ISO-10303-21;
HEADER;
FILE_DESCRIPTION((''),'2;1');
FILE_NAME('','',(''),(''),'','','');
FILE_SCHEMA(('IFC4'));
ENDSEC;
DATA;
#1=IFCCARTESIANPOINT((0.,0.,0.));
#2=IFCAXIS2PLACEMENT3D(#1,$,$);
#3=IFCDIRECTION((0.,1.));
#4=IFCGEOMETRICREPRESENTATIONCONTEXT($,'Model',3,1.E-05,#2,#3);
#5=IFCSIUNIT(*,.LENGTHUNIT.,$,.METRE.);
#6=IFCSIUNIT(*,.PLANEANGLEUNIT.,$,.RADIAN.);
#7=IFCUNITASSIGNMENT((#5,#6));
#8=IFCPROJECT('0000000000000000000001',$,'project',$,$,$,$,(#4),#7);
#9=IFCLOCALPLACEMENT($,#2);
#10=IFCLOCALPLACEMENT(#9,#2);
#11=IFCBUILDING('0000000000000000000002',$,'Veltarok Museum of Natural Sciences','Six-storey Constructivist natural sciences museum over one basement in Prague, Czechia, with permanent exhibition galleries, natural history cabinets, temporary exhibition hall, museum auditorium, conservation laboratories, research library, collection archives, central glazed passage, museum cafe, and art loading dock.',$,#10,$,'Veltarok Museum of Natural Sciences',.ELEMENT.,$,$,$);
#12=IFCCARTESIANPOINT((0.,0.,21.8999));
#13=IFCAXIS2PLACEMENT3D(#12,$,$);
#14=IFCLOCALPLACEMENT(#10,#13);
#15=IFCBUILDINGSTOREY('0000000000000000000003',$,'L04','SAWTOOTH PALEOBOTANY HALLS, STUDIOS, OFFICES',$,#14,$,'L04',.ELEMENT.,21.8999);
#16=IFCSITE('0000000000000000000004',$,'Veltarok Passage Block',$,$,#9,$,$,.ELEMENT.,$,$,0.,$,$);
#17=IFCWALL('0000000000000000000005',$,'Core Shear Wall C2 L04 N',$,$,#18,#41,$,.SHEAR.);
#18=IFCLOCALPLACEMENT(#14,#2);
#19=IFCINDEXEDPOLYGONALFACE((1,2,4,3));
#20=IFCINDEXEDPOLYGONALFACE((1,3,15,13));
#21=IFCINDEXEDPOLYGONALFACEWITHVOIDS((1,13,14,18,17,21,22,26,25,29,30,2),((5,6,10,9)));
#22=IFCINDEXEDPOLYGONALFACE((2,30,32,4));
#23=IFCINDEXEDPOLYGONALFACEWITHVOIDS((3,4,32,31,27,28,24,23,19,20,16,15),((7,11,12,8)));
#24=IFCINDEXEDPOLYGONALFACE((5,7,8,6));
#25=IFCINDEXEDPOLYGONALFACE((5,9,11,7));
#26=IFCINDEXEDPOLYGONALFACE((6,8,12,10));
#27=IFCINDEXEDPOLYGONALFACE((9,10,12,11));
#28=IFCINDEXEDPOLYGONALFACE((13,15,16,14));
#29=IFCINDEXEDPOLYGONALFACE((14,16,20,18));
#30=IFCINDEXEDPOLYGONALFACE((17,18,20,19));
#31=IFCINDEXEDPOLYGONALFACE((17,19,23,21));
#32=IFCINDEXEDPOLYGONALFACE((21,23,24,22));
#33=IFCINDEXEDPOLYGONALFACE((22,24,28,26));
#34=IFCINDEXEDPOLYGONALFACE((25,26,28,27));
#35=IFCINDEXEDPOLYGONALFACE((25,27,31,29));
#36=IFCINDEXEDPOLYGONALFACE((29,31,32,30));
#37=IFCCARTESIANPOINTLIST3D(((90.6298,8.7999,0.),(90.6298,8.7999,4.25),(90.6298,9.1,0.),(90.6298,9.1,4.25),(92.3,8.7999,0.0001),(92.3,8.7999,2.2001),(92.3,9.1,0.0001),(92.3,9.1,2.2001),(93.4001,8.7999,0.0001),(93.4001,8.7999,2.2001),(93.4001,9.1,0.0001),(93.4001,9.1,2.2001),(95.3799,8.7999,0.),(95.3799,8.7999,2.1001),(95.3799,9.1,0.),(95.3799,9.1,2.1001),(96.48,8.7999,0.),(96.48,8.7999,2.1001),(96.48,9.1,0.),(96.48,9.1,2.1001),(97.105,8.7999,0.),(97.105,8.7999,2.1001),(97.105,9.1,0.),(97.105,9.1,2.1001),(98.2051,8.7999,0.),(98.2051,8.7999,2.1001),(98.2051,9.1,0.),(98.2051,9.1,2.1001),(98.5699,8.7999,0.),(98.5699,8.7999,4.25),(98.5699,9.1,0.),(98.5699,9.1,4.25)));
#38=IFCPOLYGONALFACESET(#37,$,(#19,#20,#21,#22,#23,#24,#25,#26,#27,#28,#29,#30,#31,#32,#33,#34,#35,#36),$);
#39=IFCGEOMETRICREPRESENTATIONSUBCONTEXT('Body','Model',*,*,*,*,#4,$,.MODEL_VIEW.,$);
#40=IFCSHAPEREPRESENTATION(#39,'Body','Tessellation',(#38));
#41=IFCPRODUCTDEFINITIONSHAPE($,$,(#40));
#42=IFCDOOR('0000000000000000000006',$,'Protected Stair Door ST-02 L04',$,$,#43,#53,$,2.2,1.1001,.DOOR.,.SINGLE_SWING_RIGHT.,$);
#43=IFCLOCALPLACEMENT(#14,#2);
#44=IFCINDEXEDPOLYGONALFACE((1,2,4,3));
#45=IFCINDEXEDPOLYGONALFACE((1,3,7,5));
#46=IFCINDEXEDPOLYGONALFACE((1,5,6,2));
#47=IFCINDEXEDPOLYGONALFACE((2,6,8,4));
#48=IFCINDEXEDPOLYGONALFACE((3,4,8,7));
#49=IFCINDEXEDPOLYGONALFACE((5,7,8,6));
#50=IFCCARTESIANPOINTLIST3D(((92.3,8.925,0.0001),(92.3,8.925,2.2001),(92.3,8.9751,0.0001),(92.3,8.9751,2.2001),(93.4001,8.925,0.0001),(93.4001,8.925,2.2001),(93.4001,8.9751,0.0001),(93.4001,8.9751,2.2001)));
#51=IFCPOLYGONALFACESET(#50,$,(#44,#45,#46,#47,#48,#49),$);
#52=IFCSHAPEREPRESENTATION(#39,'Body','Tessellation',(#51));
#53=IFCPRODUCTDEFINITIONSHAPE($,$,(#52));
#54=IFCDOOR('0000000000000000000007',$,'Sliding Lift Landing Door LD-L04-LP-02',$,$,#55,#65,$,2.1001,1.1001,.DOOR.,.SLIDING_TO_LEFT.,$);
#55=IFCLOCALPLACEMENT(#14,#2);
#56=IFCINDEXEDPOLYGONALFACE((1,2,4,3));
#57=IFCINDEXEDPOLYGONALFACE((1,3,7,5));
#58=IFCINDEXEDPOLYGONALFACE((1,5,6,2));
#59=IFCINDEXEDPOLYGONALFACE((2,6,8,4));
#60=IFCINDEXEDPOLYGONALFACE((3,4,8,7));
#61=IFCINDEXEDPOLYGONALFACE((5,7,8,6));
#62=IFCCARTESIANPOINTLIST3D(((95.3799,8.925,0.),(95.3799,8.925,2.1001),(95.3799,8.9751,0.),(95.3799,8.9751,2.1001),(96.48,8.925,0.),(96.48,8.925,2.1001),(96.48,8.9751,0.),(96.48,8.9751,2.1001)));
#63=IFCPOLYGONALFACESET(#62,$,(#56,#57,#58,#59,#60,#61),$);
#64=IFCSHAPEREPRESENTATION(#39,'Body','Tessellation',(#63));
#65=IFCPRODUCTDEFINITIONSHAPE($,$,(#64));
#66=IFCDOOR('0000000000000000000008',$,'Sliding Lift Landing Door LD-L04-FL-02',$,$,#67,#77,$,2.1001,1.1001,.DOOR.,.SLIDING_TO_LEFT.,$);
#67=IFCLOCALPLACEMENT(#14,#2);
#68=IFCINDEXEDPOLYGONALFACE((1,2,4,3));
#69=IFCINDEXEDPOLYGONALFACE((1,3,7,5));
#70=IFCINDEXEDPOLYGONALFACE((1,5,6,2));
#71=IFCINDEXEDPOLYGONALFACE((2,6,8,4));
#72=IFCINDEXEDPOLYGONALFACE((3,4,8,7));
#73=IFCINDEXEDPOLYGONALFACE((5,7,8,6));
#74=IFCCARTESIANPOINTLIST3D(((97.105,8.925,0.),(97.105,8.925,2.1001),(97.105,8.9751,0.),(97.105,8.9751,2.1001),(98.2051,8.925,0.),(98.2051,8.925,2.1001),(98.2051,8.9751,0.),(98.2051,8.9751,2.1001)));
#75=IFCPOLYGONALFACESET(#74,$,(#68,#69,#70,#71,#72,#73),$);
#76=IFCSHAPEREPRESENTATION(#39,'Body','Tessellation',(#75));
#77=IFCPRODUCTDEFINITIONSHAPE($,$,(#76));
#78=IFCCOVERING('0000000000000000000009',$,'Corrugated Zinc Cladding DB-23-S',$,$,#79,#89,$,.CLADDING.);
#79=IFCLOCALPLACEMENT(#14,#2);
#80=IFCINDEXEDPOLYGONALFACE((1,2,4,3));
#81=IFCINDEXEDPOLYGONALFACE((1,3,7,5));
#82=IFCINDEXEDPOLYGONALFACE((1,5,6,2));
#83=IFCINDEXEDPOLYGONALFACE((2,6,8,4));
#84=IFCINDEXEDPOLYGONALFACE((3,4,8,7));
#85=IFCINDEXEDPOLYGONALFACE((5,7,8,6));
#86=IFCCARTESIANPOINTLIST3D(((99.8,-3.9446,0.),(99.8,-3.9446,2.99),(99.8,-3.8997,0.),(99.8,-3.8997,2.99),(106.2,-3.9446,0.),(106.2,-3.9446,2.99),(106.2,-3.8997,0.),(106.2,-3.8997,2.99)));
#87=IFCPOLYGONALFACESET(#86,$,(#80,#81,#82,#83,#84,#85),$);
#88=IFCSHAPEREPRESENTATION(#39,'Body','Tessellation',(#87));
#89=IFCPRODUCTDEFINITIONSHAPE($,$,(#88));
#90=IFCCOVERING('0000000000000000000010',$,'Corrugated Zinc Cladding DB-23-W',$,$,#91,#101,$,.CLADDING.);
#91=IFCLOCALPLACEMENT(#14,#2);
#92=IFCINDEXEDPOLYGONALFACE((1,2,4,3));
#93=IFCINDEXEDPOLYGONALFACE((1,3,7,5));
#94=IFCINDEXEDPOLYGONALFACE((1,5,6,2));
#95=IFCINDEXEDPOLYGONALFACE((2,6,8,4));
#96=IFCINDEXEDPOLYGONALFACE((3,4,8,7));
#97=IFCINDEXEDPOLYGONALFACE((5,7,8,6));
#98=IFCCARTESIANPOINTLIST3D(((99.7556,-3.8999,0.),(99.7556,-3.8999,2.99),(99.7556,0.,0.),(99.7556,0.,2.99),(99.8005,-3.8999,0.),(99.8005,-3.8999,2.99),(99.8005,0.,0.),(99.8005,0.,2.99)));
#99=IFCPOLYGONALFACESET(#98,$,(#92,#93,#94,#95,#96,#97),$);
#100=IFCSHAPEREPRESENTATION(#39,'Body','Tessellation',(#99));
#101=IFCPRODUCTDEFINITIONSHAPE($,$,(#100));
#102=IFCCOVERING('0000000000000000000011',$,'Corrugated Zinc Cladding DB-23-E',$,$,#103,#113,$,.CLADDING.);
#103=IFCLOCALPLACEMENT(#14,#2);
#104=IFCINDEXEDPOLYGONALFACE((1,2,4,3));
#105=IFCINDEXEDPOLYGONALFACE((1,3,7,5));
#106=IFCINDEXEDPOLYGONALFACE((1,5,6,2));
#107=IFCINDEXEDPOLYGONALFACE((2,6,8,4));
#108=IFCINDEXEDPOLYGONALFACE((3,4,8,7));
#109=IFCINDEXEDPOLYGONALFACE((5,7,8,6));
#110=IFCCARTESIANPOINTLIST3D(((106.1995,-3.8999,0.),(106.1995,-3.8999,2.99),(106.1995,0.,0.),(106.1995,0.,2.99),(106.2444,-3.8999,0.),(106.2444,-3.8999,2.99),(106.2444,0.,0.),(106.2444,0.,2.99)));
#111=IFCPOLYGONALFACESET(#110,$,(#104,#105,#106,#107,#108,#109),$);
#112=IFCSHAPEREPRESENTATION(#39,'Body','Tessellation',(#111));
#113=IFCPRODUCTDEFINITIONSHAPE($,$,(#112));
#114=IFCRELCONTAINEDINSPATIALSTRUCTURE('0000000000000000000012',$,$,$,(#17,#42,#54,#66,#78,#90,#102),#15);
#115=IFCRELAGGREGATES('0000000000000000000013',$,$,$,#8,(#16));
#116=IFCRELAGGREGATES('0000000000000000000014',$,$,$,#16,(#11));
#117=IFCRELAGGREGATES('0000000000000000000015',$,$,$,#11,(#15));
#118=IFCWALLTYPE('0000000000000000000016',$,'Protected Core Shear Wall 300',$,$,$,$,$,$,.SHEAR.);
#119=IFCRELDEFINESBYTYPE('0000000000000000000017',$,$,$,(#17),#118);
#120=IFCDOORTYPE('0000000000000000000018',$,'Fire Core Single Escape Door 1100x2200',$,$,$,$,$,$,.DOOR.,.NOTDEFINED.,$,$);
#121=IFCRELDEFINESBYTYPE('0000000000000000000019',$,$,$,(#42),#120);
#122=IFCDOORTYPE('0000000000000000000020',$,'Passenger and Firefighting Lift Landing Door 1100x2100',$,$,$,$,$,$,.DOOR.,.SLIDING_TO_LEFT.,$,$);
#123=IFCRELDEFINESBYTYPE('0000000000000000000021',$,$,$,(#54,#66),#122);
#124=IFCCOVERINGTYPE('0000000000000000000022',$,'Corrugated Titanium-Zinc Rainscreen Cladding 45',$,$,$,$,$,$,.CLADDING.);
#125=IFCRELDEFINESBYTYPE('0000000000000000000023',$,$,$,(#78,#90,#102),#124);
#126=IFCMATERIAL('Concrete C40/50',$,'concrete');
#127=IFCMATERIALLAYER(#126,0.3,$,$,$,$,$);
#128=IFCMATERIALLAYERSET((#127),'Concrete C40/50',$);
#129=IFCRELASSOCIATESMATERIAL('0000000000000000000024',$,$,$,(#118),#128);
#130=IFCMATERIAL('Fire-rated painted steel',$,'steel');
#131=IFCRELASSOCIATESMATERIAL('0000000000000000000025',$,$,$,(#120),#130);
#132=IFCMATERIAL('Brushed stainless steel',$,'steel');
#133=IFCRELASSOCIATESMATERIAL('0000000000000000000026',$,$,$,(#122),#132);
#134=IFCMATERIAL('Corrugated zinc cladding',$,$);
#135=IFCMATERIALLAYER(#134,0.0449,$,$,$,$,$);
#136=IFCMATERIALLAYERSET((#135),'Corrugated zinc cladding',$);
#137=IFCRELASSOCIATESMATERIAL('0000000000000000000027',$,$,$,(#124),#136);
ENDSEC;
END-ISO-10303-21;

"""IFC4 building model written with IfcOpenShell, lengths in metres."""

from ifc_helpers import new_model, si_unit, direction, frame, frame_2d, origin, place, context, subcontext, project, spatial, rectangle, extrude, material, layer, layer_set, type_object, element, fill, save


model = new_model("IFC4")

# Units and contexts
model_context = context("Model", 3, precision=1e-05, world=origin(), true_north=direction((0.0, 1.0)))
body_context = subcontext(model_context, "Body", "Model", "MODEL_VIEW")
ifc_project = project(units=[si_unit("LENGTHUNIT", "METRE"), si_unit("PLANEANGLEUNIT", "RADIAN")], contexts=[model_context])

# Site, building, storey
site_placement = place(None, origin())
site = spatial("IfcSite", under=ifc_project, at=site_placement, Name="Veltarok Passage Block", CompositionType="ELEMENT", RefElevation=0.0)
building_placement = place(site_placement, origin())
building = spatial("IfcBuilding", under=site, at=building_placement, Name="Veltarok Museum of Natural Sciences", Description="Six-storey Constructivist natural sciences museum over one basement in Prague, Czechia, with permanent exhibition galleries, natural history cabinets, temporary exhibition hall, museum auditorium, conservation laboratories, research library, collection archives, central glazed passage, museum cafe, and art loading dock.", LongName="Veltarok Museum of Natural Sciences", CompositionType="ELEMENT")
storey_placement = place(building_placement, frame((0.0, 0.0, 21.8999)))
storey = spatial("IfcBuildingStorey", under=building, at=storey_placement, Name="L04", Description="SAWTOOTH PALEOBOTANY HALLS, STUDIOS, OFFICES", LongName="L04", CompositionType="ELEMENT", Elevation=21.8999)

# Shared definitions
ifc_material_1 = material(Name="Concrete C40/50", Category="concrete")

# Wall, openings, doors
ifc_layer_1 = layer(ifc_material_1, 0.3)
ifc_layer_set_1 = layer_set([ifc_layer_1], Name="Concrete C40/50")
wall_type_1 = type_object("IfcWallType", Name="Protected Core Shear Wall 300", PredefinedType="SHEAR", material=ifc_layer_set_1)
wall_1_placement = place(storey_placement, frame((98.5701, 8.95, 0.0), z_axis=(0.0, 0.0, 1.0), x_axis=(-1.0, 0.0, 0.0)))
wall_1 = element("IfcWall", 1, at=wall_1_placement, inside=storey, type_object=wall_type_1, Name="Core Shear Wall C2 L04 N", PredefinedType="SHEAR", context=body_context, shape_type="SweptSolid", body=[
    extrude(rectangle(XDim=7.9402, YDim=0.3, at=frame_2d((3.9702, 0.0))), origin(), (0.0, 0.0, 1.0), 4.25),
])
opening_1_placement = place(wall_1_placement, frame((5.1699, 0.0, 0.0)))
opening_1 = element("IfcOpeningElement", 2, at=opening_1_placement, cuts=wall_1, PredefinedType="OPENING", context=body_context, shape_type="SweptSolid", body=[
    extrude(rectangle(XDim=1.1001, YDim=2.2, at=frame_2d((0.55, 1.1001))), frame((0.0, 0.1602, 0.0), z_axis=(0.0, -1.0, 0.0), x_axis=(1.0, 0.0, 0.0)), (0.0, 0.0, 1.0), 0.3201),
])
opening_2_placement = place(wall_1_placement, frame((2.0901, 0.0, 0.0)))
opening_2 = element("IfcOpeningElement", 3, at=opening_2_placement, cuts=wall_1, PredefinedType="OPENING", context=body_context, shape_type="SweptSolid", body=[
    extrude(rectangle(XDim=1.1001, YDim=2.1001, at=frame_2d((0.55, 1.05))), frame((0.0, 0.1602, 0.0), z_axis=(0.0, -1.0, 0.0), x_axis=(1.0, 0.0, 0.0)), (0.0, 0.0, 1.0), 0.3201),
])
opening_3_placement = place(wall_1_placement, frame((0.365, 0.0, 0.0)))
opening_3 = element("IfcOpeningElement", 4, at=opening_3_placement, cuts=wall_1, PredefinedType="OPENING", context=body_context, shape_type="SweptSolid", body=[
    extrude(rectangle(XDim=1.1001, YDim=2.1001, at=frame_2d((0.55, 1.05))), frame((0.0, 0.1602, 0.0), z_axis=(0.0, -1.0, 0.0), x_axis=(1.0, 0.0, 0.0)), (0.0, 0.0, 1.0), 0.3201),
])
ifc_material_2 = material(Name="Fire-rated painted steel", Category="steel")
door_type_1 = type_object("IfcDoorType", Name="Fire Core Single Escape Door 1100x2200", OperationType="NOTDEFINED", PredefinedType="DOOR", material=ifc_material_2)
door_1_placement = place(opening_1_placement, origin())
door_1 = element("IfcDoor", 5, at=door_1_placement, inside=storey, type_object=door_type_1, Name="Protected Stair Door ST-02 L04", OperationType="SINGLE_SWING_RIGHT", OverallHeight=2.2, OverallWidth=1.1001, PredefinedType="DOOR", context=body_context, shape_type="SweptSolid", body=[
    extrude(rectangle(XDim=1.1001, YDim=2.2, at=frame_2d((0.55, 1.1001))), frame((0.0, 0.0249, 0.0), z_axis=(0.0, -1.0, 0.0), x_axis=(1.0, 0.0, 0.0)), (0.0, 0.0, 1.0), 0.05),
])
fill(opening_1, door_1)
ifc_material_3 = material(Name="Brushed stainless steel", Category="steel")
door_type_2 = type_object("IfcDoorType", Name="Passenger and Firefighting Lift Landing Door 1100x2100", OperationType="SLIDING_TO_LEFT", PredefinedType="DOOR", material=ifc_material_3)
door_2_placement = place(opening_2_placement, origin())
door_2 = element("IfcDoor", 6, at=door_2_placement, inside=storey, type_object=door_type_2, Name="Sliding Lift Landing Door LD-L04-LP-02", OperationType="SLIDING_TO_LEFT", OverallHeight=2.1001, OverallWidth=1.1001, PredefinedType="DOOR", context=body_context, shape_type="SweptSolid", body=[
    extrude(rectangle(XDim=1.1001, YDim=2.1001, at=frame_2d((0.55, 1.05))), frame((0.0, 0.0249, 0.0), z_axis=(0.0, -1.0, 0.0), x_axis=(1.0, 0.0, 0.0)), (0.0, 0.0, 1.0), 0.05),
])
fill(opening_2, door_2)
door_3_placement = place(opening_3_placement, origin())
door_3 = element("IfcDoor", 7, at=door_3_placement, inside=storey, type_object=door_type_2, Name="Sliding Lift Landing Door LD-L04-FL-02", OperationType="SLIDING_TO_LEFT", OverallHeight=2.1001, OverallWidth=1.1001, PredefinedType="DOOR", context=body_context, shape_type="SweptSolid", body=[
    extrude(rectangle(XDim=1.1001, YDim=2.1001, at=frame_2d((0.55, 1.05))), frame((0.0, 0.0249, 0.0), z_axis=(0.0, -1.0, 0.0), x_axis=(1.0, 0.0, 0.0)), (0.0, 0.0, 1.0), 0.05),
])
fill(opening_3, door_3)

# Coverings
ifc_material_4 = material(Name="Corrugated zinc cladding")
ifc_layer_2 = layer(ifc_material_4, 0.0449)
ifc_layer_set_2 = layer_set([ifc_layer_2], Name="Corrugated zinc cladding")
covering_type = type_object("IfcCoveringType", Name="Corrugated Titanium-Zinc Rainscreen Cladding 45", PredefinedType="CLADDING", material=ifc_layer_set_2)
covering_placement = place(storey_placement, frame((99.8, -3.9221, 0.0), z_axis=(0.0, 0.0, 1.0), x_axis=(1.0, 0.0, 0.0)))
element("IfcCovering", 8, at=covering_placement, inside=storey, type_object=covering_type, Name="Corrugated Zinc Cladding DB-23-S", PredefinedType="CLADDING", context=body_context, shape_type="SweptSolid", body=[
    extrude(rectangle(XDim=6.3999, YDim=0.0449, at=frame_2d((3.2, 0.0))), origin(), (0.0, 0.0, 1.0), 2.99),
])
for number, where, z_axis, x_axis, name in (
    (9, (99.7781, 0.0, 0.0), (0.0, 0.0, 1.0), (0.0, -1.0, 0.0), "Corrugated Zinc Cladding DB-23-W"),
    (10, (106.2219, -3.8999, 0.0), (0.0, 0.0, 1.0), (0.0, 1.0, 0.0), "Corrugated Zinc Cladding DB-23-E"),
):
    element("IfcCovering", number, at=place(storey_placement, frame(where, z_axis=z_axis, x_axis=x_axis)), inside=storey, type_object=covering_type, Name=name, PredefinedType="CLADDING", context=body_context, shape_type="SweptSolid", body=[
        extrude(rectangle(XDim=3.8999, YDim=0.0449, at=frame_2d((1.95, 0.0))), origin(), (0.0, 0.0, 1.0), 2.99),
    ])

save(model, "model.ifc")
